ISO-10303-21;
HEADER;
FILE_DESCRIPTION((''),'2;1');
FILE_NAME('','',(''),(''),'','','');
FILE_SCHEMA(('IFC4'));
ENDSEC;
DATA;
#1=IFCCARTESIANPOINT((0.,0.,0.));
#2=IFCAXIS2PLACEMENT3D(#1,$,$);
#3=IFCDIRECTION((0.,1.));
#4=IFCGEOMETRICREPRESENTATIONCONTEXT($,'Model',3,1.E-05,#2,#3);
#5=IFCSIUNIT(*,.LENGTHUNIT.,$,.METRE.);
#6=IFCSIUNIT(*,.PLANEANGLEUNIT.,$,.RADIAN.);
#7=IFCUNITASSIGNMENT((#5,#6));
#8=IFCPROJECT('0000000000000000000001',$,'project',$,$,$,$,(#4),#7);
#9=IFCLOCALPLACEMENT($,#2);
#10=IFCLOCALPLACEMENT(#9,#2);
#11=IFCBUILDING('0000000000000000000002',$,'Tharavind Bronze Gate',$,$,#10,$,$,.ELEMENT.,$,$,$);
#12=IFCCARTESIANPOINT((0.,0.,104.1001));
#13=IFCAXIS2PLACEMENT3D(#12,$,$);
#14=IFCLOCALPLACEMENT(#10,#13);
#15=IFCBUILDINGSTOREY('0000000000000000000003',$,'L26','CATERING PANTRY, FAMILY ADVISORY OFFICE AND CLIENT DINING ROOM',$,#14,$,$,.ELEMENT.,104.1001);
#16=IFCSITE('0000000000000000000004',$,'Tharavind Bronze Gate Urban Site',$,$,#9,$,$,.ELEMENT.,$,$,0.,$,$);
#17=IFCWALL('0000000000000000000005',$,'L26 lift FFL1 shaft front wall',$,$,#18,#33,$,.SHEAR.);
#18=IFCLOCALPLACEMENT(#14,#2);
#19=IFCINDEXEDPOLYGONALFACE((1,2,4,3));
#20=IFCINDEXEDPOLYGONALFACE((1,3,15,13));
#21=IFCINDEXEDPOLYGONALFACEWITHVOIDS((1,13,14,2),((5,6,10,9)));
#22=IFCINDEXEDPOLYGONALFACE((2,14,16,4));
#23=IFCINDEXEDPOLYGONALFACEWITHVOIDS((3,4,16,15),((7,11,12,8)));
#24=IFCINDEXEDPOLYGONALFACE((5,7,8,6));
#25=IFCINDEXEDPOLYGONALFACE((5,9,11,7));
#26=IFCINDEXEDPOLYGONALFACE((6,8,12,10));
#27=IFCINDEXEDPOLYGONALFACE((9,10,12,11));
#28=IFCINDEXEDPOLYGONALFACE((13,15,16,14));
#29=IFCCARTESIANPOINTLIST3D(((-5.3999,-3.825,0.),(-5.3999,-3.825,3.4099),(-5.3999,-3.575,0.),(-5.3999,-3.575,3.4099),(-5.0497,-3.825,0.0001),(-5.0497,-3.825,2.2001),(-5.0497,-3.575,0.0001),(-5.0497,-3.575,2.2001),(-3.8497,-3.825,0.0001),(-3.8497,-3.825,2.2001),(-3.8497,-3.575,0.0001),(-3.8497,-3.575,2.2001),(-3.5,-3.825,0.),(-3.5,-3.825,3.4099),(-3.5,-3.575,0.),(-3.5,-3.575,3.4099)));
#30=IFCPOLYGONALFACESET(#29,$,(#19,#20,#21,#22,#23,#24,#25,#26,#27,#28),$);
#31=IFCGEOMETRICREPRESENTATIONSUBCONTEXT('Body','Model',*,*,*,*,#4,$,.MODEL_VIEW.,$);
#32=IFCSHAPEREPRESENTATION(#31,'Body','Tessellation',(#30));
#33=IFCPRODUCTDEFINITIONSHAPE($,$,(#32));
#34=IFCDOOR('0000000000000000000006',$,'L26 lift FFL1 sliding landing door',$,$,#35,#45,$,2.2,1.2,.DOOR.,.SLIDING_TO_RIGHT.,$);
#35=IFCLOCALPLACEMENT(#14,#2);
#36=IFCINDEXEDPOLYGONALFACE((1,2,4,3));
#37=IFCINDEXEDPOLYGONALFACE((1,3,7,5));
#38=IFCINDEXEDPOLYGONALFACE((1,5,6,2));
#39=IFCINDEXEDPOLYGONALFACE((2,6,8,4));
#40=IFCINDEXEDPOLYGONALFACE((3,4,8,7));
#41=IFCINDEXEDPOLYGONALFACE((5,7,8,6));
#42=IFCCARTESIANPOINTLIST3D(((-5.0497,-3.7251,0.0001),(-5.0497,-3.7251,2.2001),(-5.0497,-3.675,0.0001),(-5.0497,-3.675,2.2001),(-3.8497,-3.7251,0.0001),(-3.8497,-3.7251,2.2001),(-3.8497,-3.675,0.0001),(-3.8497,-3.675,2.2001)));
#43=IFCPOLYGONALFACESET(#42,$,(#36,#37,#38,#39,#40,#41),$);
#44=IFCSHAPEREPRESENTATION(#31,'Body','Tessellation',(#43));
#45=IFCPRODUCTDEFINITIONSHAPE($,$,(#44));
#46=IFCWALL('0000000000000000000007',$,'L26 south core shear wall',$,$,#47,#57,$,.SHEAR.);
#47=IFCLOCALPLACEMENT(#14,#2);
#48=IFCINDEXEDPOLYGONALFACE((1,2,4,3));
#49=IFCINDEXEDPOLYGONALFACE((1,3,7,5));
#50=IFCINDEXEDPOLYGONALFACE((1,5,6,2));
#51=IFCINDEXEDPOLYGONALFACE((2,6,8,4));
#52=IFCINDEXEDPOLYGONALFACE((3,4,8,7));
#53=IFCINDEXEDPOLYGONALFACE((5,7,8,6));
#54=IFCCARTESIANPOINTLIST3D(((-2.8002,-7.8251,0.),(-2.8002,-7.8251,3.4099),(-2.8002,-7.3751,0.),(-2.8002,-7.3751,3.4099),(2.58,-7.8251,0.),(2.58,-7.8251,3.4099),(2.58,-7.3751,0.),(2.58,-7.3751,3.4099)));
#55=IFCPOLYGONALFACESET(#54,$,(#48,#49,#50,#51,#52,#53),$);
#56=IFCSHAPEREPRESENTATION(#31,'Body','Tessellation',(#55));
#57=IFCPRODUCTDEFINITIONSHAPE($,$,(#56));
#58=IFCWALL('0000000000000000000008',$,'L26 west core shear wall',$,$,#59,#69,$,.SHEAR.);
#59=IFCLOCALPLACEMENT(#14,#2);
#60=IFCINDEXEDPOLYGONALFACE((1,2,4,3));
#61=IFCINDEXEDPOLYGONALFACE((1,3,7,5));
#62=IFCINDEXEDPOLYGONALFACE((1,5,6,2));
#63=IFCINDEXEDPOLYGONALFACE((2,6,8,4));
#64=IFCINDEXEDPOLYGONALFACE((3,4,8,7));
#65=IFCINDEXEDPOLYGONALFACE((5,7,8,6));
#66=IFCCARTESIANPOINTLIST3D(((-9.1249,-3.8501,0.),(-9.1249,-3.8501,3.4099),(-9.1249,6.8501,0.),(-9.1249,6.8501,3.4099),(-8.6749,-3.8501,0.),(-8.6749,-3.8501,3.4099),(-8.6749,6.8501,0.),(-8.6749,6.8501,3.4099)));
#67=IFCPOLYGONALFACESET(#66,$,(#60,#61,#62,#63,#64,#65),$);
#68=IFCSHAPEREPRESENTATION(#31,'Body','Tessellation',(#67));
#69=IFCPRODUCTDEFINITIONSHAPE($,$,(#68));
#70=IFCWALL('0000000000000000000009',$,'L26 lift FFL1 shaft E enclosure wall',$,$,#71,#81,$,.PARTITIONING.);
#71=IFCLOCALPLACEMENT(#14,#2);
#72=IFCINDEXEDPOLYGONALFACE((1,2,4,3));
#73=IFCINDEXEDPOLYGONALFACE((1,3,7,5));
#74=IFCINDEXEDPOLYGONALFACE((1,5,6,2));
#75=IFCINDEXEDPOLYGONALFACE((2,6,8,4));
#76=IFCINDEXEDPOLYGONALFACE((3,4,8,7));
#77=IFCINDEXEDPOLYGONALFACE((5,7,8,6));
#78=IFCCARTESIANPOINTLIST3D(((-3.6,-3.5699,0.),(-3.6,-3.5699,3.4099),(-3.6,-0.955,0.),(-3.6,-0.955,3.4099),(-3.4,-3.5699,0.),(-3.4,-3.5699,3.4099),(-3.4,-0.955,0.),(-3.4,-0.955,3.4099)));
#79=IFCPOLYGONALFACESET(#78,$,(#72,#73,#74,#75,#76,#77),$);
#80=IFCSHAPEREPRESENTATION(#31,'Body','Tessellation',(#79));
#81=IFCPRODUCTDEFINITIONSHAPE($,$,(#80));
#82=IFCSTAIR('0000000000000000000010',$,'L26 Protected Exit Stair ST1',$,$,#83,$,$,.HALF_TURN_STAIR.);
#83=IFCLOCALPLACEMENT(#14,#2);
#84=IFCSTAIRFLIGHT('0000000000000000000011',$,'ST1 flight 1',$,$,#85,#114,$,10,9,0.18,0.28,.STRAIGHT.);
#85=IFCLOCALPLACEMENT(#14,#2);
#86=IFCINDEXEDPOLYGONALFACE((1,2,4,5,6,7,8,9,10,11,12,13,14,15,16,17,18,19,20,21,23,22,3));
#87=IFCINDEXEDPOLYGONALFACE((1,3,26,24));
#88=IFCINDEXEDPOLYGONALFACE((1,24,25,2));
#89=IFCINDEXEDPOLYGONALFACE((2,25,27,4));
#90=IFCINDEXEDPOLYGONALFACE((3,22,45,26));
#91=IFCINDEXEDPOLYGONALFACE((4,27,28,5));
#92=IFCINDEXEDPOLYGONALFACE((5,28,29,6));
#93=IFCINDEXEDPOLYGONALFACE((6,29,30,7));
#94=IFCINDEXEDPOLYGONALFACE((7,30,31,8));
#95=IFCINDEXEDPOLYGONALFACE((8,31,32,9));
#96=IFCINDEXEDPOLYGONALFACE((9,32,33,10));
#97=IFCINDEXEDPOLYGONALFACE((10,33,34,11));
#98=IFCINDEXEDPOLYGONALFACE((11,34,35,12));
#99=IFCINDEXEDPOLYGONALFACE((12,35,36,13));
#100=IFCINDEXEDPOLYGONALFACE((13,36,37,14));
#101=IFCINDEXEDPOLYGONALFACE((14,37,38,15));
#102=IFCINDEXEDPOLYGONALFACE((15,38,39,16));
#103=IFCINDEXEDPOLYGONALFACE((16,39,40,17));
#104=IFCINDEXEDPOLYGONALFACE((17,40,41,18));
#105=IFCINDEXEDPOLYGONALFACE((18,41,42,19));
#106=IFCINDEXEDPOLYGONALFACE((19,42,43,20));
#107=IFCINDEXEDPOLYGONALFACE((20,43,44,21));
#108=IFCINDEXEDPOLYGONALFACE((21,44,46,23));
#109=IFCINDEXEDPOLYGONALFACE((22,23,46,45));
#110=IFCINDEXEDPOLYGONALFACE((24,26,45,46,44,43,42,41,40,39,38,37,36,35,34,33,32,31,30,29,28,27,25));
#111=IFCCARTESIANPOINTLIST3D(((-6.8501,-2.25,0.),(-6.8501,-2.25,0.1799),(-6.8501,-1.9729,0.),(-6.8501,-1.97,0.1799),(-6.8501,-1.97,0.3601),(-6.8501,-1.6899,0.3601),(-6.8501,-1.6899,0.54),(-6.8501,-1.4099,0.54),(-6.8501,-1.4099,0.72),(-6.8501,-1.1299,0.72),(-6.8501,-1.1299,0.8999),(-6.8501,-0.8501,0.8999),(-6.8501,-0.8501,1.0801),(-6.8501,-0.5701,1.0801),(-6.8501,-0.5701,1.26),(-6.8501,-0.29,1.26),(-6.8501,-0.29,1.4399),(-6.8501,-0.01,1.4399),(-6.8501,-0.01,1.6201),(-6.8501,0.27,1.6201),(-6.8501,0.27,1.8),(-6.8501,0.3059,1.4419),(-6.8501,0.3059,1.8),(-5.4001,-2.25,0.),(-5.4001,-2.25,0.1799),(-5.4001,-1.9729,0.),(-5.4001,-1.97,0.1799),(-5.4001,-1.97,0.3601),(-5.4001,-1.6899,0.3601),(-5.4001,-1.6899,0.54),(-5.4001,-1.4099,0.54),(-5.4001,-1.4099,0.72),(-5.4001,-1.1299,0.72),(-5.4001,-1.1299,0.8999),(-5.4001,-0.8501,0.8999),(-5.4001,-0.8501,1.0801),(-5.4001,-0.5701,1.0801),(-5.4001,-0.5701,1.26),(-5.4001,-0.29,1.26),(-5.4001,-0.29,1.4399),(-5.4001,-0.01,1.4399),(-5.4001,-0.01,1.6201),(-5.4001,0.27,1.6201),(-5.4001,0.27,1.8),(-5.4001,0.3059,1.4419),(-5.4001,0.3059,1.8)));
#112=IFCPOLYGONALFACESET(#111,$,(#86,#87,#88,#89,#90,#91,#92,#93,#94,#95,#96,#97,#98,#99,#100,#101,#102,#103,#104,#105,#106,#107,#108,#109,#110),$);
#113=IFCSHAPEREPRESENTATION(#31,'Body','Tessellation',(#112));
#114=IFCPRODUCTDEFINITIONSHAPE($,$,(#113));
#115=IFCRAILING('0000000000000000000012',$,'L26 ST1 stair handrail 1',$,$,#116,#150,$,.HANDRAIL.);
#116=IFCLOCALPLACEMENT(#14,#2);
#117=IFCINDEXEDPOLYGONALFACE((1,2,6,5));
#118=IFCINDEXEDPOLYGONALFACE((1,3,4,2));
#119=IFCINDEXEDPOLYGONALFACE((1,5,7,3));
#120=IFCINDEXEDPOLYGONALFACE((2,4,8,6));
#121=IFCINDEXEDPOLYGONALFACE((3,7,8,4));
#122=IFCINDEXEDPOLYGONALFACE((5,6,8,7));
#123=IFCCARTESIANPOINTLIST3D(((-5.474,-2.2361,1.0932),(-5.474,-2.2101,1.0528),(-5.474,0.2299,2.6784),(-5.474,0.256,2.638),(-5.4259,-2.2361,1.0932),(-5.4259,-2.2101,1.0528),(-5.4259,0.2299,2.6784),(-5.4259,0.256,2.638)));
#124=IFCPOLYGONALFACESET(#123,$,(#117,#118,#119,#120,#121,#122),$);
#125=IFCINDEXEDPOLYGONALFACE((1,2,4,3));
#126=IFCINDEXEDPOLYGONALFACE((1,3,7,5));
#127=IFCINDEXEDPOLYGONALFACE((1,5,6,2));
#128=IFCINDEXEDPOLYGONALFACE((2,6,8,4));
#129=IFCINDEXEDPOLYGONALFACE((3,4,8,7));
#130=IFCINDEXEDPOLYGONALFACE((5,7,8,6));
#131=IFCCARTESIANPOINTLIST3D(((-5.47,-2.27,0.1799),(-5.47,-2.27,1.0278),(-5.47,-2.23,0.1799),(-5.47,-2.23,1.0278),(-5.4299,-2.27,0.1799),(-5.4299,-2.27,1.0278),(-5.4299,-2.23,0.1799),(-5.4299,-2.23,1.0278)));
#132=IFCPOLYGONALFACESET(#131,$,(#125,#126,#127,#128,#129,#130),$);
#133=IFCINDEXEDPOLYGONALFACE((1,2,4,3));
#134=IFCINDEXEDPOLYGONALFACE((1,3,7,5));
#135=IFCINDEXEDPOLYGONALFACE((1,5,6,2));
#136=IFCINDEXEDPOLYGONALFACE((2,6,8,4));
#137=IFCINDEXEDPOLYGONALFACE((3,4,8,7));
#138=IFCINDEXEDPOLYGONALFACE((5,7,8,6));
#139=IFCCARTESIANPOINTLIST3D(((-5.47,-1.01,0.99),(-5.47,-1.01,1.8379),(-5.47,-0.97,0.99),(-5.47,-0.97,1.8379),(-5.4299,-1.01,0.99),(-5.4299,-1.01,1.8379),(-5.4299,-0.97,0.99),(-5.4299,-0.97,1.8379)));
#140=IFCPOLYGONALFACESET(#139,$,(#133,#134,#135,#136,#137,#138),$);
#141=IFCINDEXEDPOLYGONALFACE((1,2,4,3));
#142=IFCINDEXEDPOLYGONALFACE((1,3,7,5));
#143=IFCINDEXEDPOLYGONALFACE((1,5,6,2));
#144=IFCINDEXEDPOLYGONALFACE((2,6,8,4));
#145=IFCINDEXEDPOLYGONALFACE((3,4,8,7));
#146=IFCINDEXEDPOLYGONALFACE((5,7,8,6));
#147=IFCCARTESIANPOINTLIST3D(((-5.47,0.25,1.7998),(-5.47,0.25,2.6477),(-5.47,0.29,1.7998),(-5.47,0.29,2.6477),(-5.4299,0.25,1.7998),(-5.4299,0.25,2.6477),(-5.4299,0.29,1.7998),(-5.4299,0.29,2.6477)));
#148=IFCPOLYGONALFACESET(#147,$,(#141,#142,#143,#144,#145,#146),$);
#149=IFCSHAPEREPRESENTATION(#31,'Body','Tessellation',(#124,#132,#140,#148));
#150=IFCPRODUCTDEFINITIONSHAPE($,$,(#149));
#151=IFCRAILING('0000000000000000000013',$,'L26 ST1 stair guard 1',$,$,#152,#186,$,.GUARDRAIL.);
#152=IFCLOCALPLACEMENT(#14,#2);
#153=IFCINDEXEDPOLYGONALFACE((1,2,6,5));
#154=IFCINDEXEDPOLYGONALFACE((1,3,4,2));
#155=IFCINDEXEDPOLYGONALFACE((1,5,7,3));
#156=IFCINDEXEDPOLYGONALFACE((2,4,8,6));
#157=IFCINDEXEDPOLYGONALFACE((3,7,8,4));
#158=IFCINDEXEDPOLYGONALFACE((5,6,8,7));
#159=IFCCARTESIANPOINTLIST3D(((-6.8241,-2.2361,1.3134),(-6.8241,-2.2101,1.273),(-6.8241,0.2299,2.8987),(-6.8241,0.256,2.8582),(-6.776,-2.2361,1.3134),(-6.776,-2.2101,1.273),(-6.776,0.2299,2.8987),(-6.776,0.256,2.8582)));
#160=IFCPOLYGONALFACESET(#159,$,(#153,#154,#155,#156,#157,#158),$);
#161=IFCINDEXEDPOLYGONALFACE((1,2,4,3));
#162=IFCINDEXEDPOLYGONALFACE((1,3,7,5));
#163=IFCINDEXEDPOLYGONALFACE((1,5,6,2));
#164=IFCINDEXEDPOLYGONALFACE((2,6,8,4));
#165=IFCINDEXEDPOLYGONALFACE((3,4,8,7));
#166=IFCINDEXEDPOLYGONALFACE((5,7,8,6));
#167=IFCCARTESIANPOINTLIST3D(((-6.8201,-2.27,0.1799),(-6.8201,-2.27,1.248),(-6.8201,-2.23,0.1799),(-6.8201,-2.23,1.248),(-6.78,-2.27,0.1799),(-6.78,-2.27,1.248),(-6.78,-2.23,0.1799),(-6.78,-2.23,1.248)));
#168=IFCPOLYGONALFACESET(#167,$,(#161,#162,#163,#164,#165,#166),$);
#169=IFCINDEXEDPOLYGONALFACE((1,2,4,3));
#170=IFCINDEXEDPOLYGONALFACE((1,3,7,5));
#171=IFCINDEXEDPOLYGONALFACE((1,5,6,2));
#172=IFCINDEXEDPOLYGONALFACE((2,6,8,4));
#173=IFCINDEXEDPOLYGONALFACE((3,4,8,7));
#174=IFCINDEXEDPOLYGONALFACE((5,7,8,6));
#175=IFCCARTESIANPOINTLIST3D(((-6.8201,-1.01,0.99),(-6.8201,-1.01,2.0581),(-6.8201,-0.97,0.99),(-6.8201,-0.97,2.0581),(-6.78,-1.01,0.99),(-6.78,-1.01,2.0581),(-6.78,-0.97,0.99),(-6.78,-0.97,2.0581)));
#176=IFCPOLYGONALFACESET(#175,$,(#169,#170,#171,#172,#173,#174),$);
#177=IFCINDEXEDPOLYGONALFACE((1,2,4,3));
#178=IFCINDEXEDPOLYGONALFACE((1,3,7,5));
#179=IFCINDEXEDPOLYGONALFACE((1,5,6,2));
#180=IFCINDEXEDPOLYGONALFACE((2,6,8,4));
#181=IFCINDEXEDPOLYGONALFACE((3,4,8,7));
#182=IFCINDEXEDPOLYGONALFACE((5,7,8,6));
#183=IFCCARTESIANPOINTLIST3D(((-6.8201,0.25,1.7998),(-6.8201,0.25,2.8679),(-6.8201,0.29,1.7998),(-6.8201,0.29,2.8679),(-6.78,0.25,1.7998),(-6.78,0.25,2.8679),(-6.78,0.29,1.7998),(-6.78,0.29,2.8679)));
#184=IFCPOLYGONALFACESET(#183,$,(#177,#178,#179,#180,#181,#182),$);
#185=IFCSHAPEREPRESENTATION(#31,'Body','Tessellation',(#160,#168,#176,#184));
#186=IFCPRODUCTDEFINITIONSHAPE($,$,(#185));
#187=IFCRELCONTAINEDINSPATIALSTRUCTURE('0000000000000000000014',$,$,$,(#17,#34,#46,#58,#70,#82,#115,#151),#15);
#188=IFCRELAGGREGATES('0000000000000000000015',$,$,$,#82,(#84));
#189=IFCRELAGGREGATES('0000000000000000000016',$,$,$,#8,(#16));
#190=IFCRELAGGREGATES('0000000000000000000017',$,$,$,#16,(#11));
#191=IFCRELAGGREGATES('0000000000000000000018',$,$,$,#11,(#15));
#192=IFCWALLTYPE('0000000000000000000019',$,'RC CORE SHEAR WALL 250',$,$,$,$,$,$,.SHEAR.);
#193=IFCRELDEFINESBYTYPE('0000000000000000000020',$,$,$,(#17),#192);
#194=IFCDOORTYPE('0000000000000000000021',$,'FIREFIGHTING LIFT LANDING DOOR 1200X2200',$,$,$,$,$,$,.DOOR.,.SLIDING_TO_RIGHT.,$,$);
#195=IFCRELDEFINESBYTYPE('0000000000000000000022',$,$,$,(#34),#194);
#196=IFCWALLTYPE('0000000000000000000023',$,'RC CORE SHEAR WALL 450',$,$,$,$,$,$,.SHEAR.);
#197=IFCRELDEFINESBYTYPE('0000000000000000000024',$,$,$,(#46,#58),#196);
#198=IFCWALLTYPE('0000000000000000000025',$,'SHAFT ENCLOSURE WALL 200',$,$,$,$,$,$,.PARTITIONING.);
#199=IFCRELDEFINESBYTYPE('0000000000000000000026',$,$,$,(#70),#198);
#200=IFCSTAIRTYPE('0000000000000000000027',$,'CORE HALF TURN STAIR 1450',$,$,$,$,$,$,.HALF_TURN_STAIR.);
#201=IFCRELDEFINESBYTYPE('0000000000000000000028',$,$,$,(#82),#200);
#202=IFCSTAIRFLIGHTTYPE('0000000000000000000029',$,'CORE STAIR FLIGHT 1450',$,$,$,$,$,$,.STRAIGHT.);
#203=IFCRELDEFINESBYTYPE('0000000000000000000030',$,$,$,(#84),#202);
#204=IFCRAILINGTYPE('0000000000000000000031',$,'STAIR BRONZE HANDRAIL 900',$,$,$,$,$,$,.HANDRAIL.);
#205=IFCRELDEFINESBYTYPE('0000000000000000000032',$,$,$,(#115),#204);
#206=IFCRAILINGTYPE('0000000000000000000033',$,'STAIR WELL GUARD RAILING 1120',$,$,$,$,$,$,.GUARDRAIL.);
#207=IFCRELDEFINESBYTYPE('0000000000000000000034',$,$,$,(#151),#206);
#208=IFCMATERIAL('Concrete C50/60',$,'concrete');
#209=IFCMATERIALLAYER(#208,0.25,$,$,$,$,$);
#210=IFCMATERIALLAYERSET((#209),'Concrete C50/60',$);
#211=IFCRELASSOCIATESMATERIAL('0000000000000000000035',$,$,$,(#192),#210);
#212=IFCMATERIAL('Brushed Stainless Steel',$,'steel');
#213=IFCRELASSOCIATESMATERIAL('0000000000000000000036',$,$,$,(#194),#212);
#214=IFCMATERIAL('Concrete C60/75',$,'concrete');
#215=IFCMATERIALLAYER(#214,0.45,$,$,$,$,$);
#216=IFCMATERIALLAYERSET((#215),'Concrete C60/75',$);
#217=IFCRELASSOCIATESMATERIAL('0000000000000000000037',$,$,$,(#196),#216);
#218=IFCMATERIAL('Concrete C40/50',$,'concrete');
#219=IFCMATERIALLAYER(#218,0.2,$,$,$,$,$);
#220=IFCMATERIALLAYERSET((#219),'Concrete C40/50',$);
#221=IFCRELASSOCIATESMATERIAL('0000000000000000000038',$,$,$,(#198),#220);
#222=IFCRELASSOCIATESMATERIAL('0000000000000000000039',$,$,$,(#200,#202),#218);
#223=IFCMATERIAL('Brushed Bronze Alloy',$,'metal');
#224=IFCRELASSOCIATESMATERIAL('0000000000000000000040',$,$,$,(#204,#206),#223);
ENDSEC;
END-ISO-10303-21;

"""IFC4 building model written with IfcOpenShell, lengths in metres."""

from ifc_helpers import new_model, si_unit, direction, frame, frame_2d, origin, origin_2d, place, context, subcontext, project, spatial, polyline, rectangle, outline, extrude, material, layer, layer_set, type_object, element, fill, aggregate, save


model = new_model("IFC4")

# Units and contexts
model_context = context("Model", 3, precision=1e-05, world=origin(), true_north=direction((0.0, 1.0)))
body_context = subcontext(model_context, "Body", "Model", "MODEL_VIEW")
ifc_project = project(units=[si_unit("LENGTHUNIT", "METRE"), si_unit("PLANEANGLEUNIT", "RADIAN")], contexts=[model_context])

# Site, building, storey
site_placement = place(None, origin())
site = spatial("IfcSite", under=ifc_project, at=site_placement, Name="Tharavind Bronze Gate Urban Site", CompositionType="ELEMENT", RefElevation=0.0)
building_placement = place(site_placement, origin())
building = spatial("IfcBuilding", under=site, at=building_placement, Name="Tharavind Bronze Gate", CompositionType="ELEMENT")
storey_placement = place(building_placement, frame((0.0, 0.0, 104.1001)))
storey = spatial("IfcBuildingStorey", under=building, at=storey_placement, Name="L26", Description="CATERING PANTRY, FAMILY ADVISORY OFFICE AND CLIENT DINING ROOM", CompositionType="ELEMENT", Elevation=104.1001)

# Shared definitions
ifc_material_1 = material(Name="Concrete C60/75", Category="concrete")

# Shared definitions
ifc_material_2 = material(Name="Concrete C50/60", Category="concrete")
ifc_layer_1 = layer(ifc_material_2, 0.25)
ifc_layer_set_1 = layer_set([ifc_layer_1], Name="Concrete C50/60")
wall_type_1 = type_object("IfcWallType", Name="RC CORE SHEAR WALL 250", PredefinedType="SHEAR", material=ifc_layer_set_1)

# Wall, opening, door
wall_1_placement = place(storey_placement, frame((-5.3999, -3.7, 0.0), z_axis=(0.0, 0.0, 1.0), x_axis=(1.0, 0.0, 0.0)))
wall_1 = element("IfcWall", 1, at=wall_1_placement, inside=storey, type_object=wall_type_1, Name="L26 lift FFL1 shaft front wall", PredefinedType="SHEAR", context=body_context, shape_type="SweptSolid", body=[
    extrude(rectangle(XDim=1.8999, YDim=0.25, at=frame_2d((0.95, 0.0))), origin(), (0.0, 0.0, 1.0), 3.4099),
])
opening_1_placement = place(wall_1_placement, frame((0.3501, 0.0, 0.0)))
opening_1 = element("IfcOpeningElement", 2, at=opening_1_placement, cuts=wall_1, PredefinedType="OPENING", context=body_context, shape_type="SweptSolid", body=[
    extrude(rectangle(XDim=1.2, YDim=2.2, at=frame_2d((0.6001, 1.1001))), frame((0.0, 0.135, 0.0), z_axis=(0.0, -1.0, 0.0), x_axis=(1.0, 0.0, 0.0)), (0.0, 0.0, 1.0), 0.27),
])
ifc_material_3 = material(Name="Brushed Stainless Steel", Category="steel")
door_type_1 = type_object("IfcDoorType", Name="FIREFIGHTING LIFT LANDING DOOR 1200X2200", OperationType="SLIDING_TO_RIGHT", PredefinedType="DOOR", material=ifc_material_3)
door_1_placement = place(opening_1_placement, origin())
door_1 = element("IfcDoor", 3, at=door_1_placement, inside=storey, type_object=door_type_1, Name="L26 lift FFL1 sliding landing door", OperationType="SLIDING_TO_RIGHT", OverallHeight=2.2, OverallWidth=1.2, PredefinedType="DOOR", context=body_context, shape_type="SweptSolid", body=[
    extrude(rectangle(XDim=1.2, YDim=2.2, at=frame_2d((0.6001, 1.1001))), frame((0.0, 0.0249, 0.0), z_axis=(0.0, -1.0, 0.0), x_axis=(1.0, 0.0, 0.0)), (0.0, 0.0, 1.0), 0.05),
])
fill(opening_1, door_1)

# Walls
ifc_layer_2 = layer(ifc_material_1, 0.45)
ifc_layer_set_2 = layer_set([ifc_layer_2], Name="Concrete C60/75")
wall_type_2 = type_object("IfcWallType", Name="RC CORE SHEAR WALL 450", PredefinedType="SHEAR", material=ifc_layer_set_2)
wall_2_placement = place(storey_placement, frame((-2.8, -7.6001, 0.0), z_axis=(0.0, 0.0, 1.0), x_axis=(1.0, 0.0, 0.0)))
element("IfcWall", 4, at=wall_2_placement, inside=storey, type_object=wall_type_2, Name="L26 south core shear wall", PredefinedType="SHEAR", context=body_context, shape_type="SweptSolid", body=[
    extrude(rectangle(XDim=5.3801, YDim=0.45, at=frame_2d((2.6899, 0.0))), origin(), (0.0, 0.0, 1.0), 3.4099),
])
wall_3_placement = place(storey_placement, frame((-8.8999, -3.8501, 0.0), z_axis=(0.0, 0.0, 1.0), x_axis=(0.0, 1.0, 0.0)))
element("IfcWall", 5, at=wall_3_placement, inside=storey, type_object=wall_type_2, Name="L26 west core shear wall", PredefinedType="SHEAR", context=body_context, shape_type="SweptSolid", body=[
    extrude(rectangle(XDim=10.7002, YDim=0.45, at=frame_2d((5.3501, 0.0))), origin(), (0.0, 0.0, 1.0), 3.4099),
])
ifc_material_4 = material(Name="Concrete C40/50", Category="concrete")
ifc_layer_3 = layer(ifc_material_4, 0.2)
ifc_layer_set_3 = layer_set([ifc_layer_3], Name="Concrete C40/50")
wall_type_3 = type_object("IfcWallType", Name="SHAFT ENCLOSURE WALL 200", PredefinedType="PARTITIONING", material=ifc_layer_set_3)
wall_4_placement = place(storey_placement, frame((-3.5, -3.5701, 0.0), z_axis=(0.0, 0.0, 1.0), x_axis=(0.0, 1.0, 0.0)))
element("IfcWall", 6, at=wall_4_placement, inside=storey, type_object=wall_type_3, Name="L26 lift FFL1 shaft E enclosure wall", PredefinedType="PARTITIONING", context=body_context, shape_type="SweptSolid", body=[
    extrude(rectangle(XDim=2.615, YDim=0.2, at=frame_2d((1.3076, 0.0))), origin(), (0.0, 0.0, 1.0), 3.4099),
])

# Stair, stair flight
stair_type = type_object("IfcStairType", Name="CORE HALF TURN STAIR 1450", PredefinedType="HALF_TURN_STAIR", material=ifc_material_4)
stair_placement = place(storey_placement, origin())
stair = element("IfcStair", 7, at=stair_placement, inside=storey, type_object=stair_type, Name="L26 Protected Exit Stair ST1", PredefinedType="HALF_TURN_STAIR")
stair_flight_type = type_object("IfcStairFlightType", Name="CORE STAIR FLIGHT 1450", PredefinedType="STRAIGHT", material=ifc_material_4)
stair_flight_placement = place(storey_placement, frame((-6.125, -2.25, 0.0), z_axis=(0.0, 0.0, 1.0), x_axis=(0.0, 1.0, 0.0)))
stair_flight = element("IfcStairFlight", 8, at=stair_flight_placement, type_object=stair_flight_type, Name="ST1 flight 1", NumberOfRisers=10, NumberOfTreads=9, PredefinedType="STRAIGHT", RiserHeight=0.18, TreadLength=0.28, context=body_context, shape_type="SweptSolid", body=[
    extrude(outline(polyline([(0.0, 0.0), (0.0, 0.1799), (0.28, 0.1799), (0.28, 0.3601), (0.5601, 0.3601), (0.5601, 0.54), (0.8401, 0.54), (0.8401, 0.72), (1.1201, 0.72), (1.1201, 0.8999), (1.3999, 0.8999), (1.3999, 1.0801), (1.6799, 1.0801), (1.6799, 1.26), (1.96, 1.26), (1.96, 1.4399), (2.24, 1.4399), (2.24, 1.6201), (2.52, 1.6201), (2.52, 1.8), (2.5559, 1.8), (2.5559, 1.4419), (0.2771, 0.0), (0.0, 0.0)])), frame((0.0, 0.7251, 0.0), z_axis=(0.0, -1.0, 0.0), x_axis=(1.0, 0.0, 0.0)), (0.0, 0.0, 1.0), 1.45),
])
aggregate(stair, [stair_flight])

# Railings
ifc_material_5 = material(Name="Brushed Bronze Alloy", Category="metal")
railing_type_1 = type_object("IfcRailingType", Name="STAIR BRONZE HANDRAIL 900", PredefinedType="HANDRAIL", material=ifc_material_5)
railing_1_placement = place(storey_placement, frame((-5.45, -2.25, 0.1799)))
element("IfcRailing", 9, at=railing_1_placement, inside=storey, type_object=railing_type_1, Name="L26 ST1 stair handrail 1", PredefinedType="HANDRAIL", context=body_context, shape_type="SweptSolid", body=[
    extrude(rectangle(XDim=0.0481, YDim=0.0481, at=origin_2d()), frame((0.0, 0.0269, 0.8931), z_axis=(0.0, 0.8412, 0.540725), x_axis=(-1.0, 0.0, 0.0)), (0.0, 0.0, 1.0), 2.9316),
    extrude(rectangle(XDim=0.04, YDim=0.04, at=origin_2d()), origin(), (0.0, 0.0, 1.0), 0.8479),
    extrude(rectangle(XDim=0.04, YDim=0.04, at=origin_2d()), frame((0.0, 1.26, 0.8101)), (0.0, 0.0, 1.0), 0.8479),
    extrude(rectangle(XDim=0.04, YDim=0.04, at=origin_2d()), frame((0.0, 2.52, 1.6199)), (0.0, 0.0, 1.0), 0.8479),
])
railing_type_2 = type_object("IfcRailingType", Name="STAIR WELL GUARD RAILING 1120", PredefinedType="GUARDRAIL", material=ifc_material_5)
railing_2_placement = place(storey_placement, frame((-6.8, -2.25, 0.1799)))
element("IfcRailing", 10, at=railing_2_placement, inside=storey, type_object=railing_type_2, Name="L26 ST1 stair guard 1", PredefinedType="GUARDRAIL", context=body_context, shape_type="SweptSolid", body=[
    extrude(rectangle(XDim=0.0481, YDim=0.0481, at=origin_2d()), frame((0.0, 0.0269, 1.1133), z_axis=(0.0, 0.8412, 0.540725), x_axis=(-1.0, 0.0, 0.0)), (0.0, 0.0, 1.0), 2.9316),
    extrude(rectangle(XDim=0.04, YDim=0.04, at=origin_2d()), origin(), (0.0, 0.0, 1.0), 1.0681),
    extrude(rectangle(XDim=0.04, YDim=0.04, at=origin_2d()), frame((0.0, 1.26, 0.8101)), (0.0, 0.0, 1.0), 1.0681),
    extrude(rectangle(XDim=0.04, YDim=0.04, at=origin_2d()), frame((0.0, 2.52, 1.6199)), (0.0, 0.0, 1.0), 1.0681),
])

save(model, "model.ifc")
